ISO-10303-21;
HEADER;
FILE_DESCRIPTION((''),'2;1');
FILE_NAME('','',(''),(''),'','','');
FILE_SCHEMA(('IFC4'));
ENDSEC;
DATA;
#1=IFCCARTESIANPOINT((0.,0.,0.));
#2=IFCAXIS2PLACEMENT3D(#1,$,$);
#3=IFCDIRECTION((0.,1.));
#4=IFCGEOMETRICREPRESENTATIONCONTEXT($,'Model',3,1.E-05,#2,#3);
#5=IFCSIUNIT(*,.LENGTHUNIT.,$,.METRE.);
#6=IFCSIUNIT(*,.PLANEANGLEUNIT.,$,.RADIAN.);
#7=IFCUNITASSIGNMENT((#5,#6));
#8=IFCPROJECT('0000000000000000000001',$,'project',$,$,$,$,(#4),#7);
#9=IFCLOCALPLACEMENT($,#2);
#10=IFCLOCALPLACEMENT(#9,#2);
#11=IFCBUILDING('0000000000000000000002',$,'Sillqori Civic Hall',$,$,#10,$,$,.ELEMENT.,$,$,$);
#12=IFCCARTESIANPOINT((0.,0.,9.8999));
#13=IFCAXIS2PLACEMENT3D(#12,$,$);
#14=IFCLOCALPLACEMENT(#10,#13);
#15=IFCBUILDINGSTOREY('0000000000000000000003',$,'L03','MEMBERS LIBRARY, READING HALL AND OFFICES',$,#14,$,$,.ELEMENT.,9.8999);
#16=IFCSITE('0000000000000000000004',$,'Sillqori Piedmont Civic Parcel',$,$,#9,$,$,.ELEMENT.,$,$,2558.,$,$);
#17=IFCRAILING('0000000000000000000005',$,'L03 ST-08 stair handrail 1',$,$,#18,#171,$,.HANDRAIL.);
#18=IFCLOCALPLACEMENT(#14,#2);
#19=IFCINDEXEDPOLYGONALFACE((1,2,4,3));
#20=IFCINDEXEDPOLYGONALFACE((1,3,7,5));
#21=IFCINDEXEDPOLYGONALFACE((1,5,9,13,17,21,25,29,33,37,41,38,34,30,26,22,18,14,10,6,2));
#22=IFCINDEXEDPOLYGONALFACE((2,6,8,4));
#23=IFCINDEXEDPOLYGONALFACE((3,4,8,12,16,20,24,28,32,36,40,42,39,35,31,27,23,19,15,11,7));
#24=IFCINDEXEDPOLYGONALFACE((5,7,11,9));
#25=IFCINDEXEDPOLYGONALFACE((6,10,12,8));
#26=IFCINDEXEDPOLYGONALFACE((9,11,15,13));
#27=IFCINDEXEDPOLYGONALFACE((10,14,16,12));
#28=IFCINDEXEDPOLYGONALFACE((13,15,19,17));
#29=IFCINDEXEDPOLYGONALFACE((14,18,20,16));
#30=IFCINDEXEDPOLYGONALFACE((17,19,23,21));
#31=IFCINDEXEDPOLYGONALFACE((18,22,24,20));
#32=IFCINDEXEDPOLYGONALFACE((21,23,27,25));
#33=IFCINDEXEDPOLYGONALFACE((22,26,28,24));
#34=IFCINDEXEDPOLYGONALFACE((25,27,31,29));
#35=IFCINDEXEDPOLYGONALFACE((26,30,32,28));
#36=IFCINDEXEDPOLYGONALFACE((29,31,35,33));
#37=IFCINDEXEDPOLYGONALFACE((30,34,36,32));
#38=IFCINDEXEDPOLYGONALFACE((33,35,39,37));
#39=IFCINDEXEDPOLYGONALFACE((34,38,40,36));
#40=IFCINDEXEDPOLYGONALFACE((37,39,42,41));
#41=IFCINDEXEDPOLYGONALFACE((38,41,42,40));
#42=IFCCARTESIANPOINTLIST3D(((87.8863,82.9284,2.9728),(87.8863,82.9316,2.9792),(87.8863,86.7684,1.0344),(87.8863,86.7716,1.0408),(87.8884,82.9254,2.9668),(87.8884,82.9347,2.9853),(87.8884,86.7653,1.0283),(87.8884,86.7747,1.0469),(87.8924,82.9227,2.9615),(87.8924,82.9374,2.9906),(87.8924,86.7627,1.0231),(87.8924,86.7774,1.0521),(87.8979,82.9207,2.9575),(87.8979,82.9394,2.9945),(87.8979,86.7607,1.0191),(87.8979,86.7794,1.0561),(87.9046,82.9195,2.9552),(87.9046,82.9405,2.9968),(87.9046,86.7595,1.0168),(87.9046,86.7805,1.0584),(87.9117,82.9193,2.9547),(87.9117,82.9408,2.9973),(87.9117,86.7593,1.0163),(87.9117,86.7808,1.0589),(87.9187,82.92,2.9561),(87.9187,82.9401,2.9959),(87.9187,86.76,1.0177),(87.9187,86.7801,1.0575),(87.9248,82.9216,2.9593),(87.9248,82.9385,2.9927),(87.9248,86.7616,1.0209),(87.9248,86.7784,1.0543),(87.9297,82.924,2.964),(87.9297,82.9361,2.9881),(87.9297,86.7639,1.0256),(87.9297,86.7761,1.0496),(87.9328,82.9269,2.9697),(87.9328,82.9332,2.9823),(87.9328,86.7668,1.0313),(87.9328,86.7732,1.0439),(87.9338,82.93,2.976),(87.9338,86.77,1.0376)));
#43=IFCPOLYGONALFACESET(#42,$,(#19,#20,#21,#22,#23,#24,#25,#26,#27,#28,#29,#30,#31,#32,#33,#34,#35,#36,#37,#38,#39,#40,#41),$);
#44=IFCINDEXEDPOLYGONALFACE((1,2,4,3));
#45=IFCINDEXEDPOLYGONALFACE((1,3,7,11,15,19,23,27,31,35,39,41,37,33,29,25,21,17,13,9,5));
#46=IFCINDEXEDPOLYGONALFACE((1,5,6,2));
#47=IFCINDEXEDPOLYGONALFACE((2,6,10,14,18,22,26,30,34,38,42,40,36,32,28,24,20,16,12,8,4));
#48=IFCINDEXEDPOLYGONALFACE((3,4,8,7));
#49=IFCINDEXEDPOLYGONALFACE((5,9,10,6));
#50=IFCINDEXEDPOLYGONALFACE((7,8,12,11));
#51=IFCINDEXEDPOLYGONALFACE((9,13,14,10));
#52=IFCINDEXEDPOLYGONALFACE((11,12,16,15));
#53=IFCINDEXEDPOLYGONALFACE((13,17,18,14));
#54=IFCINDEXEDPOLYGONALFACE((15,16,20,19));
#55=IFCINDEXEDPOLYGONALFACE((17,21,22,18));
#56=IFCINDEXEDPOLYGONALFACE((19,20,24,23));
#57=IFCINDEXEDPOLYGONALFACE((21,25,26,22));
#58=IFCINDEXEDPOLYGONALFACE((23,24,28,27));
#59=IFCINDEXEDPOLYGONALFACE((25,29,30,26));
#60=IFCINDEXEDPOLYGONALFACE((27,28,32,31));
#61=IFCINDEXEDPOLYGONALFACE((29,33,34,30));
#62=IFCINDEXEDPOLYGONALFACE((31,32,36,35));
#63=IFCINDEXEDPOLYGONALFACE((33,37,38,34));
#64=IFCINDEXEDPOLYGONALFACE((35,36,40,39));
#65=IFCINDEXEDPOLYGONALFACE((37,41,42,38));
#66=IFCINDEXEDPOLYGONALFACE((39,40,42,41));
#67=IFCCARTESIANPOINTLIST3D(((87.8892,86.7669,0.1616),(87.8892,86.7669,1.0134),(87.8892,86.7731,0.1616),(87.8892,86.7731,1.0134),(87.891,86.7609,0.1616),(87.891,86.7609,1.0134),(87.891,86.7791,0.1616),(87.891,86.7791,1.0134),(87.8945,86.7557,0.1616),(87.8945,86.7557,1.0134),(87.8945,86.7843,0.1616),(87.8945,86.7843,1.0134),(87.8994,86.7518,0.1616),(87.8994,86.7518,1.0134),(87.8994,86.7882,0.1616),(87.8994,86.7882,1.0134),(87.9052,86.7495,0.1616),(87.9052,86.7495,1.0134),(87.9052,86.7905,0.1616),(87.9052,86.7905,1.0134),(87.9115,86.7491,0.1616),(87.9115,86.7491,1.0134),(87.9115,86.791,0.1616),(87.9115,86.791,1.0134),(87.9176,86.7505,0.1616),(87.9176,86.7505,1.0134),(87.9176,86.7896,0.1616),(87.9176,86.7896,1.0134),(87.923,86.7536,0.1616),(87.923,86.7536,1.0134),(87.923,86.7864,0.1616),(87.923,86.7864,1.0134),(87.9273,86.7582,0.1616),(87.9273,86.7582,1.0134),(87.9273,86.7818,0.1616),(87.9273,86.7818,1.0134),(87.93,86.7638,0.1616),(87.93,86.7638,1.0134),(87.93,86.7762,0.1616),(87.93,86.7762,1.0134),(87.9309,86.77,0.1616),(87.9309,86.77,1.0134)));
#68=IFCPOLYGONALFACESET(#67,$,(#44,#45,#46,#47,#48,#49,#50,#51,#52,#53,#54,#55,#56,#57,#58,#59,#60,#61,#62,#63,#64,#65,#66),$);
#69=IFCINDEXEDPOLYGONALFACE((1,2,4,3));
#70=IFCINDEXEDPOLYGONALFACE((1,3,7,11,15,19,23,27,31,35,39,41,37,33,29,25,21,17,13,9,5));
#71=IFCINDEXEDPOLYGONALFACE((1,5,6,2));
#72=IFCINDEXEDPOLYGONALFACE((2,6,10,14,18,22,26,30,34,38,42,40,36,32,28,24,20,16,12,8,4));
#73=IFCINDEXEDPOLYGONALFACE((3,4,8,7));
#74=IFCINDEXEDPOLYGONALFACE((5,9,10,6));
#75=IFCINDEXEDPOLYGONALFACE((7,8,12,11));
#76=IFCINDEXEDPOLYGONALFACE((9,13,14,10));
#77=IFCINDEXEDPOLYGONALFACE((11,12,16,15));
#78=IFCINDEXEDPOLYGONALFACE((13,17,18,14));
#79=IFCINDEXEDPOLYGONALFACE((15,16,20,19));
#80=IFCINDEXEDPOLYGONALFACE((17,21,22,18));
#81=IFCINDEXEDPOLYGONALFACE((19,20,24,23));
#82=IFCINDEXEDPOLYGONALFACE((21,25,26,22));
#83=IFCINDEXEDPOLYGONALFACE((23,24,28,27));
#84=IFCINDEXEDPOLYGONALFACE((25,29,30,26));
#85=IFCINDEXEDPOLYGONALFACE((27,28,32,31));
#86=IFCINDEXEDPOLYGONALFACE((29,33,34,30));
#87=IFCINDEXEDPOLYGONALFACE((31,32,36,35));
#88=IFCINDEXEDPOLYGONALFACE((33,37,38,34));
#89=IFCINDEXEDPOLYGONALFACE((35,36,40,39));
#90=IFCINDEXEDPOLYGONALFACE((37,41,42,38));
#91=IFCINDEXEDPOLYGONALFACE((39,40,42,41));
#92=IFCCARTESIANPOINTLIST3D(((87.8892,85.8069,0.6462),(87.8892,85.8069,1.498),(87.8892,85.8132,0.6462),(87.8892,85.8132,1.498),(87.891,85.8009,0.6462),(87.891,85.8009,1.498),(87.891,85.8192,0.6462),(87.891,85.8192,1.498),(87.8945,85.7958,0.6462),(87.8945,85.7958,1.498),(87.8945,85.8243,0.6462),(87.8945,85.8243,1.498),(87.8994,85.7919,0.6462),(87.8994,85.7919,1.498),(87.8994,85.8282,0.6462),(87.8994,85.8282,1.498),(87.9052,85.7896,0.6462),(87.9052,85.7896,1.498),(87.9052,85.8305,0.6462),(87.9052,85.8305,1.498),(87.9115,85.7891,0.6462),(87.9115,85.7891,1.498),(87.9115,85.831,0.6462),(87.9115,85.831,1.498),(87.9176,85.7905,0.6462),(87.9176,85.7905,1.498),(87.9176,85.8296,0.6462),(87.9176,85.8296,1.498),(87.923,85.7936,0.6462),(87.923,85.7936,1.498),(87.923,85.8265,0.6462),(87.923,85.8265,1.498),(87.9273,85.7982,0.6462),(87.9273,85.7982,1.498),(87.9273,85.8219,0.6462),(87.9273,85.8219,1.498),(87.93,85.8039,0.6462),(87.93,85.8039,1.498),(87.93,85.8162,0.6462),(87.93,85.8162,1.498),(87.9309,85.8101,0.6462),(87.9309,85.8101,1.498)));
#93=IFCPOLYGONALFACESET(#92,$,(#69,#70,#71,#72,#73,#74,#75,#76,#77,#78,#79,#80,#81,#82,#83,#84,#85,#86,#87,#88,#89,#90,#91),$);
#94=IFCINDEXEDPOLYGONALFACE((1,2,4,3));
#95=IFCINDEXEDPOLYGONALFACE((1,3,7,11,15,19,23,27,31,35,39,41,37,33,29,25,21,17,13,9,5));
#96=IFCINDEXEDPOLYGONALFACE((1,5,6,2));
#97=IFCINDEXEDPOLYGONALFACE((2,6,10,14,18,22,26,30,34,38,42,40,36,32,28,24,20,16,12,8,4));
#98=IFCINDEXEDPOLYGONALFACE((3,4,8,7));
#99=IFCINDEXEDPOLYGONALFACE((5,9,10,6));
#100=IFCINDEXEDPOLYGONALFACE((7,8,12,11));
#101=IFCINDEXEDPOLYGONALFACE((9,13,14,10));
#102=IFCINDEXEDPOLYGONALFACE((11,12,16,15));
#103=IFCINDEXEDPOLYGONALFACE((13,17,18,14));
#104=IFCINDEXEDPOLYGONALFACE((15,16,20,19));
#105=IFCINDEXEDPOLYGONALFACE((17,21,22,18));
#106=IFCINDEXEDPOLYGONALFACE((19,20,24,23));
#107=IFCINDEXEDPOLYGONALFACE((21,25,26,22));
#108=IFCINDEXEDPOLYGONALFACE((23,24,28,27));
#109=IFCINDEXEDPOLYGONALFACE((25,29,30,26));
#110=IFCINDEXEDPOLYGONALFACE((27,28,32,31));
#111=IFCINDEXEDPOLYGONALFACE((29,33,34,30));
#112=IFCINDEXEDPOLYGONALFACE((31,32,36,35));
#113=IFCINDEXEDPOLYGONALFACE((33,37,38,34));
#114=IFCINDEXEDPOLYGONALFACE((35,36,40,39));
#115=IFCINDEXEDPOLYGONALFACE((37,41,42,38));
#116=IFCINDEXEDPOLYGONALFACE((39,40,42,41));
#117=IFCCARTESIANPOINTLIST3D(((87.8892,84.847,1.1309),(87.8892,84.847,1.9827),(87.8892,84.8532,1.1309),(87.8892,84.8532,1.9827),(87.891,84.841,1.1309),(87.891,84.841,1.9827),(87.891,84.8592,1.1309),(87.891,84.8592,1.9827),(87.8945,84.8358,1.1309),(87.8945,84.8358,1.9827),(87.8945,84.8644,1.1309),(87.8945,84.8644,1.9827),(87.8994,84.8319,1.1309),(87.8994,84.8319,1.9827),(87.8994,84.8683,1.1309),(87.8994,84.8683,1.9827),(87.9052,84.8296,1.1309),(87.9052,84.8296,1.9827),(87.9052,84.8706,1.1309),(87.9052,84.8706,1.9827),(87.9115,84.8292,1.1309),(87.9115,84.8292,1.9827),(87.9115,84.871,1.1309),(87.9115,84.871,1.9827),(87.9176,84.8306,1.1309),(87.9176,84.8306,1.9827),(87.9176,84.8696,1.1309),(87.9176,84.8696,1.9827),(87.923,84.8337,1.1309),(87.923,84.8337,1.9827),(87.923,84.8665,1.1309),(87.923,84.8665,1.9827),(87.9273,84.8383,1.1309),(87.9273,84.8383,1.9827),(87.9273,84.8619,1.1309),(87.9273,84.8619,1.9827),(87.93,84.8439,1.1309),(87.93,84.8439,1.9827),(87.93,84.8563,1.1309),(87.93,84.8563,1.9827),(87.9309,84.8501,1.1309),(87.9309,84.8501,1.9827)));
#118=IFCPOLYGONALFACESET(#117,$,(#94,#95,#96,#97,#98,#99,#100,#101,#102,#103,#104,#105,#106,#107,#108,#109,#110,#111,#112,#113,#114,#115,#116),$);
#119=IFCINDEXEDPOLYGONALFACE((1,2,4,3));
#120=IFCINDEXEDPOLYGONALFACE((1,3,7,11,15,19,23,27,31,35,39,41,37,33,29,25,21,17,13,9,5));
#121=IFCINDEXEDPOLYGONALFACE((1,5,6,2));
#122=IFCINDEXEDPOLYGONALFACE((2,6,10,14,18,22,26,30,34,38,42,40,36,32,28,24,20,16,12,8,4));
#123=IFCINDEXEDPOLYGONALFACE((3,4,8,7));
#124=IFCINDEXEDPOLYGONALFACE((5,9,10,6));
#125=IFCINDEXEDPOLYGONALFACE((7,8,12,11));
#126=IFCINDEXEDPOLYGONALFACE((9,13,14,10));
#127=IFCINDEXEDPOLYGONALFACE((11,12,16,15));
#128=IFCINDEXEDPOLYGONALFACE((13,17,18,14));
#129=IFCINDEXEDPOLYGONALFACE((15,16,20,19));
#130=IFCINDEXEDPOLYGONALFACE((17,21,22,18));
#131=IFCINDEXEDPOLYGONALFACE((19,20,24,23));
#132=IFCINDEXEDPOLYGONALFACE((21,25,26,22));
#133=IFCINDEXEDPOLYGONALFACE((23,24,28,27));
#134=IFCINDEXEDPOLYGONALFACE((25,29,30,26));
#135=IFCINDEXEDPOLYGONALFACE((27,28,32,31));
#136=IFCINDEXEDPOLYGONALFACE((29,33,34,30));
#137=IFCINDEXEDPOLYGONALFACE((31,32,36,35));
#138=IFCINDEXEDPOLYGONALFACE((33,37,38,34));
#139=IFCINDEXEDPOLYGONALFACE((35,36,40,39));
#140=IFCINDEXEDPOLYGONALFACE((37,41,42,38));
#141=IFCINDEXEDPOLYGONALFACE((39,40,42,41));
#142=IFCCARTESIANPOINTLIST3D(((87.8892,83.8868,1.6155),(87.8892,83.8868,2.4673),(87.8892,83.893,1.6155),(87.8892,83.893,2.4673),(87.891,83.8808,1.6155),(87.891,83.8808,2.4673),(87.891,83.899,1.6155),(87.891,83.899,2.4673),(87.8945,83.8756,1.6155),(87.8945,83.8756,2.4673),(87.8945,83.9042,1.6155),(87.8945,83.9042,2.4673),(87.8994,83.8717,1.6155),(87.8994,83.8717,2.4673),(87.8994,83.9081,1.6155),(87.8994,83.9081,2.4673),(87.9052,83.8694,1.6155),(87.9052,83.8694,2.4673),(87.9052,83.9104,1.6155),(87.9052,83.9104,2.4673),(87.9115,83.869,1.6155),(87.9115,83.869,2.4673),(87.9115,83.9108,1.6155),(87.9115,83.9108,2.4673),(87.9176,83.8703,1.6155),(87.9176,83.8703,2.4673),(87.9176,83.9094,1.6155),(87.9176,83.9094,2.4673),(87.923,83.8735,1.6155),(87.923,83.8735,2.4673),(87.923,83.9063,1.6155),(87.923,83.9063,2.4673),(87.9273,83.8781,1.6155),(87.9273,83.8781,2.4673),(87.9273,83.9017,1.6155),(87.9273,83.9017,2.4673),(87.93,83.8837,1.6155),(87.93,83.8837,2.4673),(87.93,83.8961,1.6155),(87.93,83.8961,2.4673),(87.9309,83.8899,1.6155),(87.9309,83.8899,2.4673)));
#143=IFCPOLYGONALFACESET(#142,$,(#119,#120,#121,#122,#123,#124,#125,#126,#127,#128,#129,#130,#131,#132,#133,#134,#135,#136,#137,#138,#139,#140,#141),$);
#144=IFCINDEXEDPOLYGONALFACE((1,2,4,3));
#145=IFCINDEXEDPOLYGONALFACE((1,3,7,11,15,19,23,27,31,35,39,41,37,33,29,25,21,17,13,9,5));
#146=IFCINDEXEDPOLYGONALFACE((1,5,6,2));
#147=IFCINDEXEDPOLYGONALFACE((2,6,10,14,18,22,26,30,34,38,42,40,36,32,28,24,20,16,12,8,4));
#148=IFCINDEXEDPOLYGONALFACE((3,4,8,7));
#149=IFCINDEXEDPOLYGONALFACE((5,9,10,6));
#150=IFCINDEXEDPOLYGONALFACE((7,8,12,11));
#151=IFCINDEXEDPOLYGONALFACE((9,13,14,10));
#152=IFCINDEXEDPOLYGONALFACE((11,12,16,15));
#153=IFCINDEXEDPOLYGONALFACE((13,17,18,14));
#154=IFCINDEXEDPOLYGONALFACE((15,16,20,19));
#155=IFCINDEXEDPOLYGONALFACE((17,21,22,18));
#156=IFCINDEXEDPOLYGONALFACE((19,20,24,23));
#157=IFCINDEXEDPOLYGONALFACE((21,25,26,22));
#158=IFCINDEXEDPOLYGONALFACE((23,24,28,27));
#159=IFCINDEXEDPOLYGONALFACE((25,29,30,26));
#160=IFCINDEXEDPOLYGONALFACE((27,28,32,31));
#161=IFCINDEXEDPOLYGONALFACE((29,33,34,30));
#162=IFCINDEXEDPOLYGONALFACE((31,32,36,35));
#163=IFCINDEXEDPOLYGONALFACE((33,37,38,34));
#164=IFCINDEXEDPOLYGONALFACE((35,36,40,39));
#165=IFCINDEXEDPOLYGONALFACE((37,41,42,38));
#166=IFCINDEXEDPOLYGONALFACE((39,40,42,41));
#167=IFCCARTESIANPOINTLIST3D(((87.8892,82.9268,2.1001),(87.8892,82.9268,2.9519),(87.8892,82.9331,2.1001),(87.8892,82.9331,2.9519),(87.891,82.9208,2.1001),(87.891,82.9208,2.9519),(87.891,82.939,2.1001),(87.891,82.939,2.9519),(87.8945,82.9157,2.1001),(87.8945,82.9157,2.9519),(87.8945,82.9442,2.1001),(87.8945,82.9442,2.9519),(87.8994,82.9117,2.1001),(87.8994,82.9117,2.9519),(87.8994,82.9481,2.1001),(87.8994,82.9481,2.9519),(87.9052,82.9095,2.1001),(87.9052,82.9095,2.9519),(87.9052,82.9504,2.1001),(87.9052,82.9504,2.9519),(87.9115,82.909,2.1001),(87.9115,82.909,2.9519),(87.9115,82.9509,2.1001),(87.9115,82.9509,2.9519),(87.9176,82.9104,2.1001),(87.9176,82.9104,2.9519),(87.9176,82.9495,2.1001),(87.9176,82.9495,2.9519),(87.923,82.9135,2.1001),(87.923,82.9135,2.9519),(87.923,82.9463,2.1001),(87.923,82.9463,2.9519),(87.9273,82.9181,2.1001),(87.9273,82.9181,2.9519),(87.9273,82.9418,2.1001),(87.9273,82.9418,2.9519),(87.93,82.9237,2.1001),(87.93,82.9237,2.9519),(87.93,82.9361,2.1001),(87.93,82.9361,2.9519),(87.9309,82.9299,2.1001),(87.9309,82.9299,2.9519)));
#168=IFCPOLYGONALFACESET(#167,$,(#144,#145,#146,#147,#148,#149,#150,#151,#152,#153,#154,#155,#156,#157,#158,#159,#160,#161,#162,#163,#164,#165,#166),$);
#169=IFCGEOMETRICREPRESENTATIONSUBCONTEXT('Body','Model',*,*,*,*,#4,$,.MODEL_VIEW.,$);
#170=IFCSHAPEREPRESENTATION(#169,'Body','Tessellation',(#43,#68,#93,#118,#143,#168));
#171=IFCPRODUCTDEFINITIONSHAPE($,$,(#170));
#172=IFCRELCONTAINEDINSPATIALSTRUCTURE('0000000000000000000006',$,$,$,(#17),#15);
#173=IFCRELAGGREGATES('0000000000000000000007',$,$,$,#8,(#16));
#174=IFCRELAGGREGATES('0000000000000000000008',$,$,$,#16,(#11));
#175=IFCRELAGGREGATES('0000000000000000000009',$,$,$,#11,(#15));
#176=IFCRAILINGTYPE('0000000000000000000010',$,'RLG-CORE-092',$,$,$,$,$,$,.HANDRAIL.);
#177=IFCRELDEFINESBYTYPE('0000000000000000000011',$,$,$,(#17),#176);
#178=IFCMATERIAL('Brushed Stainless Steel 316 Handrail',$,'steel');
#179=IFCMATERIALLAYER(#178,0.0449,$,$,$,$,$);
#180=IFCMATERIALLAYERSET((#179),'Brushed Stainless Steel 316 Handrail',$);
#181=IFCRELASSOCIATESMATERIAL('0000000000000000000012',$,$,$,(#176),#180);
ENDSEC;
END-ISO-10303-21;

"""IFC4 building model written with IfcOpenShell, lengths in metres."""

from ifc_helpers import new_model, si_unit, direction, frame, origin, origin_2d, place, context, subcontext, project, spatial, circle, extrude, material, layer, layer_set, type_object, element, save


model = new_model("IFC4")

# Units and contexts
model_context = context("Model", 3, precision=1e-05, world=origin(), true_north=direction((0.0, 1.0)))
body_context = subcontext(model_context, "Body", "Model", "MODEL_VIEW")
ifc_project = project(units=[si_unit("LENGTHUNIT", "METRE"), si_unit("PLANEANGLEUNIT", "RADIAN")], contexts=[model_context])

# Site, building, storey
site_placement = place(None, origin())
site = spatial("IfcSite", under=ifc_project, at=site_placement, Name="Sillqori Piedmont Civic Parcel", CompositionType="ELEMENT", RefElevation=2558.0)
building_placement = place(site_placement, origin())
building = spatial("IfcBuilding", under=site, at=building_placement, Name="Sillqori Civic Hall", CompositionType="ELEMENT")
storey_placement = place(building_placement, frame((0.0, 0.0, 9.8999)))
storey = spatial("IfcBuildingStorey", under=building, at=storey_placement, Name="L03", Description="MEMBERS LIBRARY, READING HALL AND OFFICES", CompositionType="ELEMENT", Elevation=9.8999)

# Railing
ifc_material_1 = material(Name="Brushed Stainless Steel 316 Handrail", Category="steel")
ifc_layer_1 = layer(ifc_material_1, 0.0449)
ifc_layer_set_1 = layer_set([ifc_layer_1], Name="Brushed Stainless Steel 316 Handrail")
railing_type_1 = type_object("IfcRailingType", Name="RLG-CORE-092", PredefinedType="HANDRAIL", material=ifc_layer_set_1)
railing_1_placement = place(storey_placement, frame((87.9099, 86.77, 0.1616)))
element("IfcRailing", 1, at=railing_1_placement, inside=storey, type_object=railing_type_1, Name="L03 ST-08 stair handrail 1", PredefinedType="HANDRAIL", context=body_context, shape_type="SweptSolid", body=[
    extrude(circle(Radius=0.0239, at=origin_2d()), frame((0.0, 0.0, 0.876), z_axis=(0.0, -0.892707, 0.450638), x_axis=(1.0, 0.0, 0.0)), (0.0, 0.0, 1.0), 4.3015),
    extrude(circle(Radius=0.021, at=origin_2d()), origin(), (0.0, 0.0, 1.0), 0.8518),
    extrude(circle(Radius=0.021, at=origin_2d()), frame((0.0, -0.96, 0.4846)), (0.0, 0.0, 1.0), 0.8518),
    extrude(circle(Radius=0.021, at=origin_2d()), frame((0.0, -1.9199, 0.9692)), (0.0, 0.0, 1.0), 0.8518),
    extrude(circle(Radius=0.021, at=origin_2d()), frame((0.0, -2.8801, 1.4539)), (0.0, 0.0, 1.0), 0.8518),
    extrude(circle(Radius=0.021, at=origin_2d()), frame((0.0, -3.8401, 1.9385)), (0.0, 0.0, 1.0), 0.8518),
])

save(model, "model.ifc")
